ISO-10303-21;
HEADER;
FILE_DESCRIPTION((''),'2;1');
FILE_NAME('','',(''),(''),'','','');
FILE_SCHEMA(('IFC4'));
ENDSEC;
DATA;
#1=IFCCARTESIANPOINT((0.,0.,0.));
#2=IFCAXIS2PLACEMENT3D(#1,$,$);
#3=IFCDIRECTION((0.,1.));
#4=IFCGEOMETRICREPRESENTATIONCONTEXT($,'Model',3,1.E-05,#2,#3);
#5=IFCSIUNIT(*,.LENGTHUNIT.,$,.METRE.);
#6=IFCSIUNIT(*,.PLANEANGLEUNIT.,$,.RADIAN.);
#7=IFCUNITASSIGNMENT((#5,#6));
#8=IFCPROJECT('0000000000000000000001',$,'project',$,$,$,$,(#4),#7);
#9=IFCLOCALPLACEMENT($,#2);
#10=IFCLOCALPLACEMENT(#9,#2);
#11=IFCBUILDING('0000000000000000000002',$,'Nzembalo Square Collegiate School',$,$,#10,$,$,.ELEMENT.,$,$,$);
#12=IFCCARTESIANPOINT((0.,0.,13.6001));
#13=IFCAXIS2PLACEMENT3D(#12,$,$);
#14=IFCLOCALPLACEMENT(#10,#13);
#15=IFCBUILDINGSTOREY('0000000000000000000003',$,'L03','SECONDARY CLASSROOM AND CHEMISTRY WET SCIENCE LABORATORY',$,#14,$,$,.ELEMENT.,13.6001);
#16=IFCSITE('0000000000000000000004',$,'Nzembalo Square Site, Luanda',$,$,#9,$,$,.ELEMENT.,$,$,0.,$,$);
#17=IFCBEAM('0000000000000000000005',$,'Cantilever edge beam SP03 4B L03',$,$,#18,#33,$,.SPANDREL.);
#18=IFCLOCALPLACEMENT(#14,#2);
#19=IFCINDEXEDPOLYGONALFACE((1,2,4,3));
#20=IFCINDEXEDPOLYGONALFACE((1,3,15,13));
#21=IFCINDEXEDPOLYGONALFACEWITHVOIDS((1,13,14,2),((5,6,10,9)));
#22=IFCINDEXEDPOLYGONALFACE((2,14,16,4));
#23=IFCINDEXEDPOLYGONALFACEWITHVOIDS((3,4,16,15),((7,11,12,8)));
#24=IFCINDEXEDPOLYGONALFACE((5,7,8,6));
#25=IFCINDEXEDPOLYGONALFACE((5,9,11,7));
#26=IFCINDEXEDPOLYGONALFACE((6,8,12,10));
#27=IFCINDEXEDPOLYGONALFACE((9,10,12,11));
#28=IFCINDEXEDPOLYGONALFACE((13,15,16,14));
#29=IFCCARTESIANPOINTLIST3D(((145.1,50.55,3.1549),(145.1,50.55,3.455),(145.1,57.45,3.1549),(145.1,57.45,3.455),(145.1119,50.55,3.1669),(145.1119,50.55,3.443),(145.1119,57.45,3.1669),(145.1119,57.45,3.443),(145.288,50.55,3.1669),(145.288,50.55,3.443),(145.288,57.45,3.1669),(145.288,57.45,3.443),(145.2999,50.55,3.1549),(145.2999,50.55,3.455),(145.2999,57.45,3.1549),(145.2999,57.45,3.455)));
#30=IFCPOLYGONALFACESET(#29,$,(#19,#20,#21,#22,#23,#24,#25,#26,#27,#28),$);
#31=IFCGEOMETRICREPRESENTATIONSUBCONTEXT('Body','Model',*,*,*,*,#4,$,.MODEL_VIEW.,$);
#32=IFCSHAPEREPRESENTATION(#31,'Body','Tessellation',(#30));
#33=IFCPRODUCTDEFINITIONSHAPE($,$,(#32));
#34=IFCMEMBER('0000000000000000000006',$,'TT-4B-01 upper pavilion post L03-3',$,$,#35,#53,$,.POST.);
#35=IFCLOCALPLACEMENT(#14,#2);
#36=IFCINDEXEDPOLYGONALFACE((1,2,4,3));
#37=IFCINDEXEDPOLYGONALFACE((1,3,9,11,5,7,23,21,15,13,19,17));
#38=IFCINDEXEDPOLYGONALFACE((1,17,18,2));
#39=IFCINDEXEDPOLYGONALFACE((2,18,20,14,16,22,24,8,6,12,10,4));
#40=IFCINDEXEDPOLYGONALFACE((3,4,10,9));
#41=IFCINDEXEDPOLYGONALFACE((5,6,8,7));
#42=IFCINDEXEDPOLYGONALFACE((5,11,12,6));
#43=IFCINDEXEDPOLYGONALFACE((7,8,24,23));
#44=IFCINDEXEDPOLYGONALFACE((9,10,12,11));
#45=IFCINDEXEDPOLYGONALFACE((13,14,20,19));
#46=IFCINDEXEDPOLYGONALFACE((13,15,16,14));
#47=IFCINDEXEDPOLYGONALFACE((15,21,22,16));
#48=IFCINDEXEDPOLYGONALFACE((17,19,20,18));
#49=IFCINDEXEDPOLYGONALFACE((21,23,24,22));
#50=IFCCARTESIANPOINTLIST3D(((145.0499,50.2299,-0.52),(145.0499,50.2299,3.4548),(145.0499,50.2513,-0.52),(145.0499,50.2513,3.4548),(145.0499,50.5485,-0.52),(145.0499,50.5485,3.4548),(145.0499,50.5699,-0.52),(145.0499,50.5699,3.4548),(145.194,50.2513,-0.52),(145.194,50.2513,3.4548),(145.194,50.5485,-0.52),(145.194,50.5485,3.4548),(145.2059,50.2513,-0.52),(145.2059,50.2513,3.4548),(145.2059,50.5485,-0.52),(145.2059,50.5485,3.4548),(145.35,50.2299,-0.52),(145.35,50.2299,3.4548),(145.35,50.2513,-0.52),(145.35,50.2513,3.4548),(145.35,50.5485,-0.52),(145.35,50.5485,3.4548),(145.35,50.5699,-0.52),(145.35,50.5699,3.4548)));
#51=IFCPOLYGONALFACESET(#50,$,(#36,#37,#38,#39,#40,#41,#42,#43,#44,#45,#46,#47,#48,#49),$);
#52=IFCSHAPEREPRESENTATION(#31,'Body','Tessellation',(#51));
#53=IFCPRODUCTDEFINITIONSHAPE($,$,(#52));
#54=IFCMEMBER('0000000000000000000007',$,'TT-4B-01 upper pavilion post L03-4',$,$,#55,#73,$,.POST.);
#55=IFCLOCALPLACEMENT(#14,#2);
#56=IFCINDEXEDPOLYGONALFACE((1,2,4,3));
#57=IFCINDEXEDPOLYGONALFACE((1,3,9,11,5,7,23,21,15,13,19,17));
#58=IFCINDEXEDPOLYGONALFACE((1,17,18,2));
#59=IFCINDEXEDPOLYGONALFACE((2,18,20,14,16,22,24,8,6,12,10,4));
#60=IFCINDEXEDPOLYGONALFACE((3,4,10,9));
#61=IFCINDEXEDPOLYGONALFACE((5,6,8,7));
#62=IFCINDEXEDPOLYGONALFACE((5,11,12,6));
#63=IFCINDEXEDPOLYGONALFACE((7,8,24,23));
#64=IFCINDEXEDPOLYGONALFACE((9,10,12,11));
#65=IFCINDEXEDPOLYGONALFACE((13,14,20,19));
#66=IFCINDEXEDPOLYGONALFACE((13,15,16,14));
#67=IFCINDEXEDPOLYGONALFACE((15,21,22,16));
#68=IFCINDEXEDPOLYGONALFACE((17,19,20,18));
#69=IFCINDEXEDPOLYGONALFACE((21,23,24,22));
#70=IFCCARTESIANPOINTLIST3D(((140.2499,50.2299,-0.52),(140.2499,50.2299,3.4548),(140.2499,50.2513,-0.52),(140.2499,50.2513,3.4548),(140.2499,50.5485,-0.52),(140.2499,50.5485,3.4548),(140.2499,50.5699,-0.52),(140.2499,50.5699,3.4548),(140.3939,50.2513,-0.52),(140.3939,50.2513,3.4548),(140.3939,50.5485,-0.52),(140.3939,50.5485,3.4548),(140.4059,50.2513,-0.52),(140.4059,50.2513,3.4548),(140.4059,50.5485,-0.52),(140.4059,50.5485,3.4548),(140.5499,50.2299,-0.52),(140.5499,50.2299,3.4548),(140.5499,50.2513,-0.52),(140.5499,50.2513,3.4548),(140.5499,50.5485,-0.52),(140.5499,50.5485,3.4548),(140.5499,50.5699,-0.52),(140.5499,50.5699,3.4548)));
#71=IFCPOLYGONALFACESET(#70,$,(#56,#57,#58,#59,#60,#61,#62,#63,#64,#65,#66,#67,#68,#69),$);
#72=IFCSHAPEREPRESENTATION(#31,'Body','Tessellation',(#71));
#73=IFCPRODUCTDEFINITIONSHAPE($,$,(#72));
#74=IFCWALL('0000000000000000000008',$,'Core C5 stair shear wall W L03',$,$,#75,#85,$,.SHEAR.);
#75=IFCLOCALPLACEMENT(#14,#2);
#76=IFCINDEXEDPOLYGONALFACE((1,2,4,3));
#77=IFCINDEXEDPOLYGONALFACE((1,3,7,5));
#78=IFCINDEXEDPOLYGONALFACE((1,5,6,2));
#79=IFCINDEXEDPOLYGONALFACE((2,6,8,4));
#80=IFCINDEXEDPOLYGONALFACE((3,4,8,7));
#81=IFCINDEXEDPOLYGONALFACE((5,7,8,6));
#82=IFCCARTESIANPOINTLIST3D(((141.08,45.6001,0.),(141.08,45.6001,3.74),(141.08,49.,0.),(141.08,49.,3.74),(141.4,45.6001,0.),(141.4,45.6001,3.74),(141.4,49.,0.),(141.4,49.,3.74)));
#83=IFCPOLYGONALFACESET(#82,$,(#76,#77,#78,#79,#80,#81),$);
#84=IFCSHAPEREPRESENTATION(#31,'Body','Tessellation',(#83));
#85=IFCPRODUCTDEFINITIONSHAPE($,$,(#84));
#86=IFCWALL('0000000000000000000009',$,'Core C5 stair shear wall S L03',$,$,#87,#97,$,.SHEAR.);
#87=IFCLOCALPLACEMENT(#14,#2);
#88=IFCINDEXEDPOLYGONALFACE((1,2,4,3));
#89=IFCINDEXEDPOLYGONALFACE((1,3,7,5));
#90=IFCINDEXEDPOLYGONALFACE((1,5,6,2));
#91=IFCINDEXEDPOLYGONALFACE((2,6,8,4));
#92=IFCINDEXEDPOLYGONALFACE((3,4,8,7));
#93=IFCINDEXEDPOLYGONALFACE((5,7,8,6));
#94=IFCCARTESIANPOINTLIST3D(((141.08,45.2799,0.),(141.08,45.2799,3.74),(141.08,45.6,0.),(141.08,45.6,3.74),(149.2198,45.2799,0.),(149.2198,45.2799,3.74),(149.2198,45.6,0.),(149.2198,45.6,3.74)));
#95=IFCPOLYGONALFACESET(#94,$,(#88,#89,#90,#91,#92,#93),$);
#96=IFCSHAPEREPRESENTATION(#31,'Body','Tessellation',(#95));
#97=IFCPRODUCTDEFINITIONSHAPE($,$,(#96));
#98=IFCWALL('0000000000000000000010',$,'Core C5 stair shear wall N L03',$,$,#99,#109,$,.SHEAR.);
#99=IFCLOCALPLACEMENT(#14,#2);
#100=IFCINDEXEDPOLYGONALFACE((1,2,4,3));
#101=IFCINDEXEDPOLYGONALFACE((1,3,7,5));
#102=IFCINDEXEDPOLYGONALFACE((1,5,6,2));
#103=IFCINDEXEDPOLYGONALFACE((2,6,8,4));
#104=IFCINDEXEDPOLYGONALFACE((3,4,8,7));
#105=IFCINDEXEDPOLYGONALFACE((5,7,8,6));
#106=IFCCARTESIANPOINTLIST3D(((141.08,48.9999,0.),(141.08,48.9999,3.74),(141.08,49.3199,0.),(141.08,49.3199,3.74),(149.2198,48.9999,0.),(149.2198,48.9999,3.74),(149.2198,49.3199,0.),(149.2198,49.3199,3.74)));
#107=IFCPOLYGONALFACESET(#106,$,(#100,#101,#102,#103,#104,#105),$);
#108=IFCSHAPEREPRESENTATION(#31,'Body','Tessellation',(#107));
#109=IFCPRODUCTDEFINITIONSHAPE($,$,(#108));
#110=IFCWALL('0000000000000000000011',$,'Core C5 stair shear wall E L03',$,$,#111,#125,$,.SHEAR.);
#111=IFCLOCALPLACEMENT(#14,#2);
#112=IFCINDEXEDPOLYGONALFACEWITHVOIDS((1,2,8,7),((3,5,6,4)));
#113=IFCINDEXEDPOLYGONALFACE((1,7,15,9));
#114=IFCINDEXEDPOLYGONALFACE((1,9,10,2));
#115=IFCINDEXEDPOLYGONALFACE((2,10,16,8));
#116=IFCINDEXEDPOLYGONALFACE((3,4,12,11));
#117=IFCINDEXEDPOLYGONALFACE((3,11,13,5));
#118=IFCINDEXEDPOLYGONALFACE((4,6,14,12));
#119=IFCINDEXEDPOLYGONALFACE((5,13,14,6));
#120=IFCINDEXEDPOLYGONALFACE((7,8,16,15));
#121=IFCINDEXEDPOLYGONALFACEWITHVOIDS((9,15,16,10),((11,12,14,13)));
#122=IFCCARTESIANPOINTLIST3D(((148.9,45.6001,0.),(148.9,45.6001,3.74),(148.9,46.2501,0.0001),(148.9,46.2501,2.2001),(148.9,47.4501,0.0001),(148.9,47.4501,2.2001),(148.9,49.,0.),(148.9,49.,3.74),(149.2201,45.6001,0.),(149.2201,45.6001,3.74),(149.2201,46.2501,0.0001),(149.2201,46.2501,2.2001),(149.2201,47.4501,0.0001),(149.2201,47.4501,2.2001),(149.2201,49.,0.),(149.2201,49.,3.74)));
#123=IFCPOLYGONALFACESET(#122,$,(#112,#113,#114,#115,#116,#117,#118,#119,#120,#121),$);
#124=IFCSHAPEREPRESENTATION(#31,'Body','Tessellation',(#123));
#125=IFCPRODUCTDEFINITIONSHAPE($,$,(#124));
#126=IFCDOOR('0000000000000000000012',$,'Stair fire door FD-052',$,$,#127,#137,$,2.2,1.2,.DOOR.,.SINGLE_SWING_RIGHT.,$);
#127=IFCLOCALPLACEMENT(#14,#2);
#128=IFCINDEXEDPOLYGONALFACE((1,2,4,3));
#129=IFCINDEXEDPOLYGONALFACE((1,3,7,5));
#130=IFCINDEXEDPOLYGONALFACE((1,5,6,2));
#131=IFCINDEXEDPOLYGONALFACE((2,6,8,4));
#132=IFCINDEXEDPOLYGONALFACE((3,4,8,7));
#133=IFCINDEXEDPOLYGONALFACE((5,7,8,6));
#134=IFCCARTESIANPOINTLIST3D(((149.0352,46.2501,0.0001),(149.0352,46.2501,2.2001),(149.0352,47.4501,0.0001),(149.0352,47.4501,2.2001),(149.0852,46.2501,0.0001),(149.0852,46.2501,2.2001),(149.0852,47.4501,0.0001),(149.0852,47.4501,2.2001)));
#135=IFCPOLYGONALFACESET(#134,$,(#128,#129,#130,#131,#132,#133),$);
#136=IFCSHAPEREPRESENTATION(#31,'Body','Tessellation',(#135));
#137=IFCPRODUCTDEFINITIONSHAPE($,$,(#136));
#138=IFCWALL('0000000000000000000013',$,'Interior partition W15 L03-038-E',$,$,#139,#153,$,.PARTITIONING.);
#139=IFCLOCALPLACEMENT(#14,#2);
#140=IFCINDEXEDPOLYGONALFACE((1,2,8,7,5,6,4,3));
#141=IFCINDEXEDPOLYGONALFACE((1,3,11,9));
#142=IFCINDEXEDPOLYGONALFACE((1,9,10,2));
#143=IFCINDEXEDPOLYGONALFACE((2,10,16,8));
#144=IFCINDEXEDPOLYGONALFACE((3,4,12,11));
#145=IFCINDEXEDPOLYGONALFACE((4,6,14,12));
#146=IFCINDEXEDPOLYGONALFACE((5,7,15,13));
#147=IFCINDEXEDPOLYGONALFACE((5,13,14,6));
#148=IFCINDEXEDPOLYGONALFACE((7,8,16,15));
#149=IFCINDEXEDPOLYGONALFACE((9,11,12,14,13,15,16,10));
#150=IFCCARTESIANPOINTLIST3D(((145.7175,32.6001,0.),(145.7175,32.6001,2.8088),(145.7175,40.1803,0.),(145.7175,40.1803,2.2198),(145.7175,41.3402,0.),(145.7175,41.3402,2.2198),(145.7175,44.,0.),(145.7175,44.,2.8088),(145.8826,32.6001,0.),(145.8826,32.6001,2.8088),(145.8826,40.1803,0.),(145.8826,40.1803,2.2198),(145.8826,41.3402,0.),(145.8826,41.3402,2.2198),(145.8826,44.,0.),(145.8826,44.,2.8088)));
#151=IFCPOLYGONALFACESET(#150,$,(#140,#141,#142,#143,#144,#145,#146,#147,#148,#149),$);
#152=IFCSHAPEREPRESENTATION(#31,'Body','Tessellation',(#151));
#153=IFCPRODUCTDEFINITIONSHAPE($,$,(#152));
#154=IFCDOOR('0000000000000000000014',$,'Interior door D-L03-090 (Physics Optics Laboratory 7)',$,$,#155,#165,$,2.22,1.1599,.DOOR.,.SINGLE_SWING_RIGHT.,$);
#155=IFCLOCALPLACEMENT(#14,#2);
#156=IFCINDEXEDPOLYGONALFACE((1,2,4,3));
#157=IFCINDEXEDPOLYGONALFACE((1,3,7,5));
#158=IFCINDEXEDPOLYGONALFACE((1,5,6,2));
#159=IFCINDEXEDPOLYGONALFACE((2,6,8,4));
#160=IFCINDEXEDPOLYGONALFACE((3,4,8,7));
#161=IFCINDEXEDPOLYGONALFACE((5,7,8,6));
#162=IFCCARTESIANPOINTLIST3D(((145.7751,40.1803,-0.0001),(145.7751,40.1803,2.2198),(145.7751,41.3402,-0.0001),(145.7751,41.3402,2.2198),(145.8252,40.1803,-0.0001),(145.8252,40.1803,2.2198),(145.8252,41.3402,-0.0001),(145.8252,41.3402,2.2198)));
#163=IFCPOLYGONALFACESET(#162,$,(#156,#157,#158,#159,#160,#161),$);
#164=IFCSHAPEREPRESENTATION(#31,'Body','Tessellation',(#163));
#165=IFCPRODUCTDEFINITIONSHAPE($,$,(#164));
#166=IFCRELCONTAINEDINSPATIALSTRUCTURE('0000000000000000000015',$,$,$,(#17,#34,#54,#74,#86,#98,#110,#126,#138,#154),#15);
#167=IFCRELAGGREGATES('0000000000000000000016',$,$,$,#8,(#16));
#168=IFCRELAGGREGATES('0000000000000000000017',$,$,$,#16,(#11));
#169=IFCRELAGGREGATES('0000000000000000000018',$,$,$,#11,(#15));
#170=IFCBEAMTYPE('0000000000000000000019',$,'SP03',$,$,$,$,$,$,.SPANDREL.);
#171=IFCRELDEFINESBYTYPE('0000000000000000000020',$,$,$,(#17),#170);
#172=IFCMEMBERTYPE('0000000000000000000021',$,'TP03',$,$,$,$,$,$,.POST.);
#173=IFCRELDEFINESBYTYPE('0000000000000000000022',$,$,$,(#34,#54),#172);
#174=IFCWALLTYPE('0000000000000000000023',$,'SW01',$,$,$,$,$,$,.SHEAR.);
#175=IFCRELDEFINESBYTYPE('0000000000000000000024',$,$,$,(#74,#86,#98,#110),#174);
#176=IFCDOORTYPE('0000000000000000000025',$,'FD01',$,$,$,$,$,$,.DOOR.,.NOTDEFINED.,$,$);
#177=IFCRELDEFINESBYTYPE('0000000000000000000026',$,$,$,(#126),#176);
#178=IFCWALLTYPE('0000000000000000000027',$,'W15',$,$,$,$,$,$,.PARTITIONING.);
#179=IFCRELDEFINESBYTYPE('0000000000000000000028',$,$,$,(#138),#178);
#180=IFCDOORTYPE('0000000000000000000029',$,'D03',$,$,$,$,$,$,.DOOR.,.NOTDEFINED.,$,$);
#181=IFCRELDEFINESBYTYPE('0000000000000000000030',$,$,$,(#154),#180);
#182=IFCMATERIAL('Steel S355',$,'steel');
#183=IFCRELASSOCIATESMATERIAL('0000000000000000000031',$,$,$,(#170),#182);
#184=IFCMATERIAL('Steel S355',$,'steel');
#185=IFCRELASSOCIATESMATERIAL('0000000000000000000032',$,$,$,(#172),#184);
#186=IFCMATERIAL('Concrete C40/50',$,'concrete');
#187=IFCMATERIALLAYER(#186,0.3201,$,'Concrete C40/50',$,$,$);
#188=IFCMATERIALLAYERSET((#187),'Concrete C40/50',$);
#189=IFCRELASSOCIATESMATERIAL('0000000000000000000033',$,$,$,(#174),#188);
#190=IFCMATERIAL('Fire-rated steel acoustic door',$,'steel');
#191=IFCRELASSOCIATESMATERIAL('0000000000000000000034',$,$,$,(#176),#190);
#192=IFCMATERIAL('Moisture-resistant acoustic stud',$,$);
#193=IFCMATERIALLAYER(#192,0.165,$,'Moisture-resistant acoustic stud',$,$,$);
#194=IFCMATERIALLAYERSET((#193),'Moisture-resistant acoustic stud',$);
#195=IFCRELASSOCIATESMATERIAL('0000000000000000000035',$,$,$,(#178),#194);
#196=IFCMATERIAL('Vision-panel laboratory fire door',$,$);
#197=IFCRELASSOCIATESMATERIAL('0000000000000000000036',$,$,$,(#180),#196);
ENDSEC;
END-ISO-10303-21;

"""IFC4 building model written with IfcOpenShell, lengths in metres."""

from ifc_helpers import new_model, si_unit, direction, frame, frame_2d, origin, origin_2d, place, context, subcontext, project, spatial, rectangle, hollow_rectangle, i_section, extrude, material, layer, layer_set, material_profile, profile_set, type_object, element, fill, save


model = new_model("IFC4")

# Units and contexts
model_context = context("Model", 3, precision=1e-05, world=origin(), true_north=direction((0.0, 1.0)))
body_context = subcontext(model_context, "Body", "Model", "MODEL_VIEW")
ifc_project = project(units=[si_unit("LENGTHUNIT", "METRE"), si_unit("PLANEANGLEUNIT", "RADIAN")], contexts=[model_context])

# Site, building, storey
site_placement = place(None, origin())
site = spatial("IfcSite", under=ifc_project, at=site_placement, Name="Nzembalo Square Site, Luanda", CompositionType="ELEMENT", RefElevation=0.0)
building_placement = place(site_placement, origin())
building = spatial("IfcBuilding", under=site, at=building_placement, Name="Nzembalo Square Collegiate School", CompositionType="ELEMENT")
storey_placement = place(building_placement, frame((0.0, 0.0, 13.6001)))
storey = spatial("IfcBuildingStorey", under=building, at=storey_placement, Name="L03", Description="SECONDARY CLASSROOM AND CHEMISTRY WET SCIENCE LABORATORY", CompositionType="ELEMENT", Elevation=13.6001)

# Beam
ifc_material_1 = material(Name="Steel S355", Category="steel")
ifc_material_profile_1 = material_profile(ifc_material_1, hollow_rectangle(XDim=0.2, YDim=0.3, WallThickness=0.012, at=origin_2d()), Name="RHS 300x200x12")
ifc_profile_set_1 = profile_set([ifc_material_profile_1], Name="Steel S355")
beam_type_1 = type_object("IfcBeamType", Name="SP03", PredefinedType="SPANDREL", material=ifc_profile_set_1)
for number, where, z_axis, x_axis, name in (
    (1, (145.2, 50.55, 3.3049), (0.0, 1.0, 0.0), (-1.0, 0.0, 0.0), "Cantilever edge beam SP03 4B L03"),
):
    element("IfcBeam", number, at=place(storey_placement, frame(where, z_axis=z_axis, x_axis=x_axis)), inside=storey, type_object=beam_type_1, Name=name, PredefinedType="SPANDREL", context=body_context, shape_type="SweptSolid", body=[
        extrude(hollow_rectangle(XDim=0.2, YDim=0.3, WallThickness=0.012, at=origin_2d()), origin(), (0.0, 0.0, 1.0), 6.8999),
    ])

# Members
ifc_material_2 = material(Name="Steel S355", Category="steel")
ifc_material_profile_2 = material_profile(ifc_material_2, i_section(OverallWidth=0.3, OverallDepth=0.3401, WebThickness=0.012, FlangeThickness=0.0215, at=origin_2d()), Name="HEB 340")
ifc_profile_set_2 = profile_set([ifc_material_profile_2], Name="Steel S355")
member_type = type_object("IfcMemberType", Name="TP03", PredefinedType="POST", material=ifc_profile_set_2)
for number, where, z_axis, x_axis, name in (
    (2, (145.2, 50.3999, -0.52), (0.0, 0.0, 1.0), (1.0, 0.0, 0.0), "TT-4B-01 upper pavilion post L03-3"),
    (3, (140.3999, 50.3999, -0.52), (0.0, 0.0, 1.0), (1.0, 0.0, 0.0), "TT-4B-01 upper pavilion post L03-4"),
):
    element("IfcMember", number, at=place(storey_placement, frame(where, z_axis=z_axis, x_axis=x_axis)), inside=storey, type_object=member_type, Name=name, PredefinedType="POST", context=body_context, shape_type="SweptSolid", body=[
        extrude(i_section(OverallWidth=0.3, OverallDepth=0.3401, WebThickness=0.012, FlangeThickness=0.0215, at=origin_2d()), origin(), (0.0, 0.0, 1.0), 3.9749),
    ])

# Walls
ifc_material_3 = material(Name="Concrete C40/50", Category="concrete")
ifc_layer_1 = layer(ifc_material_3, 0.3201, Name="Concrete C40/50")
ifc_layer_set_1 = layer_set([ifc_layer_1], Name="Concrete C40/50")
wall_type_1 = type_object("IfcWallType", Name="SW01", PredefinedType="SHEAR", material=ifc_layer_set_1)
wall_1_placement = place(storey_placement, frame((141.24, 45.6001, 0.0), z_axis=(0.0, 0.0, 1.0), x_axis=(0.0, 1.0, 0.0)))
element("IfcWall", 4, at=wall_1_placement, inside=storey, type_object=wall_type_1, Name="Core C5 stair shear wall W L03", PredefinedType="SHEAR", context=body_context, shape_type="SweptSolid", body=[
    extrude(rectangle(XDim=3.3999, YDim=0.3201, at=frame_2d((1.7, 0.0))), origin(), (0.0, 0.0, 1.0), 3.74),
])
for number, where, z_axis, x_axis, name in (
    (5, (141.0801, 45.4399, 0.0), (0.0, 0.0, 1.0), (1.0, 0.0, 0.0), "Core C5 stair shear wall S L03"),
    (6, (141.0801, 49.1599, 0.0), (0.0, 0.0, 1.0), (1.0, 0.0, 0.0), "Core C5 stair shear wall N L03"),
):
    element("IfcWall", number, at=place(storey_placement, frame(where, z_axis=z_axis, x_axis=x_axis)), inside=storey, type_object=wall_type_1, Name=name, PredefinedType="SHEAR", context=body_context, shape_type="SweptSolid", body=[
        extrude(rectangle(XDim=8.1399, YDim=0.3201, at=frame_2d((4.0698, 0.0))), origin(), (0.0, 0.0, 1.0), 3.74),
    ])

# Wall, opening, door
wall_2_placement = place(storey_placement, frame((149.0601, 45.6001, 0.0), z_axis=(0.0, 0.0, 1.0), x_axis=(0.0, 1.0, 0.0)))
wall_2 = element("IfcWall", 7, at=wall_2_placement, inside=storey, type_object=wall_type_1, Name="Core C5 stair shear wall E L03", PredefinedType="SHEAR", context=body_context, shape_type="SweptSolid", body=[
    extrude(rectangle(XDim=3.3999, YDim=0.3201, at=frame_2d((1.7, 0.0))), origin(), (0.0, 0.0, 1.0), 3.74),
])
opening_1_placement = place(wall_2_placement, frame((0.6499, 0.0, 0.0)))
opening_1 = element("IfcOpeningElement", 8, at=opening_1_placement, cuts=wall_2, PredefinedType="OPENING", context=body_context, shape_type="SweptSolid", body=[
    extrude(rectangle(XDim=1.2, YDim=2.2, at=frame_2d((0.6001, 1.1001))), frame((0.0, 0.1699, 0.0), z_axis=(0.0, -1.0, 0.0), x_axis=(1.0, 0.0, 0.0)), (0.0, 0.0, 1.0), 0.3401),
])
ifc_material_4 = material(Name="Fire-rated steel acoustic door", Category="steel")
door_type_1 = type_object("IfcDoorType", Name="FD01", OperationType="NOTDEFINED", PredefinedType="DOOR", material=ifc_material_4)
door_1_placement = place(opening_1_placement, origin())
door_1 = element("IfcDoor", 9, at=door_1_placement, inside=storey, type_object=door_type_1, Name="Stair fire door FD-052", OperationType="SINGLE_SWING_RIGHT", OverallHeight=2.2, OverallWidth=1.2, PredefinedType="DOOR", context=body_context, shape_type="SweptSolid", body=[
    extrude(rectangle(XDim=1.2, YDim=2.2, at=frame_2d((0.6001, 1.1001))), frame((0.0, 0.0249, 0.0), z_axis=(0.0, -1.0, 0.0), x_axis=(1.0, 0.0, 0.0)), (0.0, 0.0, 1.0), 0.05),
])
fill(opening_1, door_1)

# Wall, opening, door
ifc_material_5 = material(Name="Moisture-resistant acoustic stud")
ifc_layer_2 = layer(ifc_material_5, 0.165, Name="Moisture-resistant acoustic stud")
ifc_layer_set_2 = layer_set([ifc_layer_2], Name="Moisture-resistant acoustic stud")
wall_type_2 = type_object("IfcWallType", Name="W15", PredefinedType="PARTITIONING", material=ifc_layer_set_2)
wall_3_placement = place(storey_placement, frame((145.8, 32.6001, 0.0), z_axis=(0.0, 0.0, 1.0), x_axis=(0.0, 1.0, 0.0)))
wall_3 = element("IfcWall", 10, at=wall_3_placement, inside=storey, type_object=wall_type_2, Name="Interior partition W15 L03-038-E", PredefinedType="PARTITIONING", context=body_context, shape_type="SweptSolid", body=[
    extrude(rectangle(XDim=11.3999, YDim=0.165, at=frame_2d((5.7, 0.0))), origin(), (0.0, 0.0, 1.0), 2.8088),
])
opening_2_placement = place(wall_3_placement, frame((7.5801, 0.0, 0.0)))
opening_2 = element("IfcOpeningElement", 11, at=opening_2_placement, cuts=wall_3, PredefinedType="OPENING", context=body_context, shape_type="SweptSolid", body=[
    extrude(rectangle(XDim=1.1599, YDim=2.22, at=frame_2d((0.5801, 1.1099))), frame((0.0, 0.0925, 0.0), z_axis=(0.0, -1.0, 0.0), x_axis=(1.0, 0.0, 0.0)), (0.0, 0.0, 1.0), 0.1851),
])
ifc_material_6 = material(Name="Vision-panel laboratory fire door")
door_type_2 = type_object("IfcDoorType", Name="D03", OperationType="NOTDEFINED", PredefinedType="DOOR", material=ifc_material_6)
door_2_placement = place(opening_2_placement, origin())
door_2 = element("IfcDoor", 12, at=door_2_placement, inside=storey, type_object=door_type_2, Name="Interior door D-L03-090 (Physics Optics Laboratory 7)", OperationType="SINGLE_SWING_RIGHT", OverallHeight=2.22, OverallWidth=1.1599, PredefinedType="DOOR", context=body_context, shape_type="SweptSolid", body=[
    extrude(rectangle(XDim=1.1599, YDim=2.22, at=frame_2d((0.5801, 1.1099))), frame((0.0, 0.0249, 0.0), z_axis=(0.0, -1.0, 0.0), x_axis=(1.0, 0.0, 0.0)), (0.0, 0.0, 1.0), 0.05),
])
fill(opening_2, door_2)

save(model, "model.ifc")
